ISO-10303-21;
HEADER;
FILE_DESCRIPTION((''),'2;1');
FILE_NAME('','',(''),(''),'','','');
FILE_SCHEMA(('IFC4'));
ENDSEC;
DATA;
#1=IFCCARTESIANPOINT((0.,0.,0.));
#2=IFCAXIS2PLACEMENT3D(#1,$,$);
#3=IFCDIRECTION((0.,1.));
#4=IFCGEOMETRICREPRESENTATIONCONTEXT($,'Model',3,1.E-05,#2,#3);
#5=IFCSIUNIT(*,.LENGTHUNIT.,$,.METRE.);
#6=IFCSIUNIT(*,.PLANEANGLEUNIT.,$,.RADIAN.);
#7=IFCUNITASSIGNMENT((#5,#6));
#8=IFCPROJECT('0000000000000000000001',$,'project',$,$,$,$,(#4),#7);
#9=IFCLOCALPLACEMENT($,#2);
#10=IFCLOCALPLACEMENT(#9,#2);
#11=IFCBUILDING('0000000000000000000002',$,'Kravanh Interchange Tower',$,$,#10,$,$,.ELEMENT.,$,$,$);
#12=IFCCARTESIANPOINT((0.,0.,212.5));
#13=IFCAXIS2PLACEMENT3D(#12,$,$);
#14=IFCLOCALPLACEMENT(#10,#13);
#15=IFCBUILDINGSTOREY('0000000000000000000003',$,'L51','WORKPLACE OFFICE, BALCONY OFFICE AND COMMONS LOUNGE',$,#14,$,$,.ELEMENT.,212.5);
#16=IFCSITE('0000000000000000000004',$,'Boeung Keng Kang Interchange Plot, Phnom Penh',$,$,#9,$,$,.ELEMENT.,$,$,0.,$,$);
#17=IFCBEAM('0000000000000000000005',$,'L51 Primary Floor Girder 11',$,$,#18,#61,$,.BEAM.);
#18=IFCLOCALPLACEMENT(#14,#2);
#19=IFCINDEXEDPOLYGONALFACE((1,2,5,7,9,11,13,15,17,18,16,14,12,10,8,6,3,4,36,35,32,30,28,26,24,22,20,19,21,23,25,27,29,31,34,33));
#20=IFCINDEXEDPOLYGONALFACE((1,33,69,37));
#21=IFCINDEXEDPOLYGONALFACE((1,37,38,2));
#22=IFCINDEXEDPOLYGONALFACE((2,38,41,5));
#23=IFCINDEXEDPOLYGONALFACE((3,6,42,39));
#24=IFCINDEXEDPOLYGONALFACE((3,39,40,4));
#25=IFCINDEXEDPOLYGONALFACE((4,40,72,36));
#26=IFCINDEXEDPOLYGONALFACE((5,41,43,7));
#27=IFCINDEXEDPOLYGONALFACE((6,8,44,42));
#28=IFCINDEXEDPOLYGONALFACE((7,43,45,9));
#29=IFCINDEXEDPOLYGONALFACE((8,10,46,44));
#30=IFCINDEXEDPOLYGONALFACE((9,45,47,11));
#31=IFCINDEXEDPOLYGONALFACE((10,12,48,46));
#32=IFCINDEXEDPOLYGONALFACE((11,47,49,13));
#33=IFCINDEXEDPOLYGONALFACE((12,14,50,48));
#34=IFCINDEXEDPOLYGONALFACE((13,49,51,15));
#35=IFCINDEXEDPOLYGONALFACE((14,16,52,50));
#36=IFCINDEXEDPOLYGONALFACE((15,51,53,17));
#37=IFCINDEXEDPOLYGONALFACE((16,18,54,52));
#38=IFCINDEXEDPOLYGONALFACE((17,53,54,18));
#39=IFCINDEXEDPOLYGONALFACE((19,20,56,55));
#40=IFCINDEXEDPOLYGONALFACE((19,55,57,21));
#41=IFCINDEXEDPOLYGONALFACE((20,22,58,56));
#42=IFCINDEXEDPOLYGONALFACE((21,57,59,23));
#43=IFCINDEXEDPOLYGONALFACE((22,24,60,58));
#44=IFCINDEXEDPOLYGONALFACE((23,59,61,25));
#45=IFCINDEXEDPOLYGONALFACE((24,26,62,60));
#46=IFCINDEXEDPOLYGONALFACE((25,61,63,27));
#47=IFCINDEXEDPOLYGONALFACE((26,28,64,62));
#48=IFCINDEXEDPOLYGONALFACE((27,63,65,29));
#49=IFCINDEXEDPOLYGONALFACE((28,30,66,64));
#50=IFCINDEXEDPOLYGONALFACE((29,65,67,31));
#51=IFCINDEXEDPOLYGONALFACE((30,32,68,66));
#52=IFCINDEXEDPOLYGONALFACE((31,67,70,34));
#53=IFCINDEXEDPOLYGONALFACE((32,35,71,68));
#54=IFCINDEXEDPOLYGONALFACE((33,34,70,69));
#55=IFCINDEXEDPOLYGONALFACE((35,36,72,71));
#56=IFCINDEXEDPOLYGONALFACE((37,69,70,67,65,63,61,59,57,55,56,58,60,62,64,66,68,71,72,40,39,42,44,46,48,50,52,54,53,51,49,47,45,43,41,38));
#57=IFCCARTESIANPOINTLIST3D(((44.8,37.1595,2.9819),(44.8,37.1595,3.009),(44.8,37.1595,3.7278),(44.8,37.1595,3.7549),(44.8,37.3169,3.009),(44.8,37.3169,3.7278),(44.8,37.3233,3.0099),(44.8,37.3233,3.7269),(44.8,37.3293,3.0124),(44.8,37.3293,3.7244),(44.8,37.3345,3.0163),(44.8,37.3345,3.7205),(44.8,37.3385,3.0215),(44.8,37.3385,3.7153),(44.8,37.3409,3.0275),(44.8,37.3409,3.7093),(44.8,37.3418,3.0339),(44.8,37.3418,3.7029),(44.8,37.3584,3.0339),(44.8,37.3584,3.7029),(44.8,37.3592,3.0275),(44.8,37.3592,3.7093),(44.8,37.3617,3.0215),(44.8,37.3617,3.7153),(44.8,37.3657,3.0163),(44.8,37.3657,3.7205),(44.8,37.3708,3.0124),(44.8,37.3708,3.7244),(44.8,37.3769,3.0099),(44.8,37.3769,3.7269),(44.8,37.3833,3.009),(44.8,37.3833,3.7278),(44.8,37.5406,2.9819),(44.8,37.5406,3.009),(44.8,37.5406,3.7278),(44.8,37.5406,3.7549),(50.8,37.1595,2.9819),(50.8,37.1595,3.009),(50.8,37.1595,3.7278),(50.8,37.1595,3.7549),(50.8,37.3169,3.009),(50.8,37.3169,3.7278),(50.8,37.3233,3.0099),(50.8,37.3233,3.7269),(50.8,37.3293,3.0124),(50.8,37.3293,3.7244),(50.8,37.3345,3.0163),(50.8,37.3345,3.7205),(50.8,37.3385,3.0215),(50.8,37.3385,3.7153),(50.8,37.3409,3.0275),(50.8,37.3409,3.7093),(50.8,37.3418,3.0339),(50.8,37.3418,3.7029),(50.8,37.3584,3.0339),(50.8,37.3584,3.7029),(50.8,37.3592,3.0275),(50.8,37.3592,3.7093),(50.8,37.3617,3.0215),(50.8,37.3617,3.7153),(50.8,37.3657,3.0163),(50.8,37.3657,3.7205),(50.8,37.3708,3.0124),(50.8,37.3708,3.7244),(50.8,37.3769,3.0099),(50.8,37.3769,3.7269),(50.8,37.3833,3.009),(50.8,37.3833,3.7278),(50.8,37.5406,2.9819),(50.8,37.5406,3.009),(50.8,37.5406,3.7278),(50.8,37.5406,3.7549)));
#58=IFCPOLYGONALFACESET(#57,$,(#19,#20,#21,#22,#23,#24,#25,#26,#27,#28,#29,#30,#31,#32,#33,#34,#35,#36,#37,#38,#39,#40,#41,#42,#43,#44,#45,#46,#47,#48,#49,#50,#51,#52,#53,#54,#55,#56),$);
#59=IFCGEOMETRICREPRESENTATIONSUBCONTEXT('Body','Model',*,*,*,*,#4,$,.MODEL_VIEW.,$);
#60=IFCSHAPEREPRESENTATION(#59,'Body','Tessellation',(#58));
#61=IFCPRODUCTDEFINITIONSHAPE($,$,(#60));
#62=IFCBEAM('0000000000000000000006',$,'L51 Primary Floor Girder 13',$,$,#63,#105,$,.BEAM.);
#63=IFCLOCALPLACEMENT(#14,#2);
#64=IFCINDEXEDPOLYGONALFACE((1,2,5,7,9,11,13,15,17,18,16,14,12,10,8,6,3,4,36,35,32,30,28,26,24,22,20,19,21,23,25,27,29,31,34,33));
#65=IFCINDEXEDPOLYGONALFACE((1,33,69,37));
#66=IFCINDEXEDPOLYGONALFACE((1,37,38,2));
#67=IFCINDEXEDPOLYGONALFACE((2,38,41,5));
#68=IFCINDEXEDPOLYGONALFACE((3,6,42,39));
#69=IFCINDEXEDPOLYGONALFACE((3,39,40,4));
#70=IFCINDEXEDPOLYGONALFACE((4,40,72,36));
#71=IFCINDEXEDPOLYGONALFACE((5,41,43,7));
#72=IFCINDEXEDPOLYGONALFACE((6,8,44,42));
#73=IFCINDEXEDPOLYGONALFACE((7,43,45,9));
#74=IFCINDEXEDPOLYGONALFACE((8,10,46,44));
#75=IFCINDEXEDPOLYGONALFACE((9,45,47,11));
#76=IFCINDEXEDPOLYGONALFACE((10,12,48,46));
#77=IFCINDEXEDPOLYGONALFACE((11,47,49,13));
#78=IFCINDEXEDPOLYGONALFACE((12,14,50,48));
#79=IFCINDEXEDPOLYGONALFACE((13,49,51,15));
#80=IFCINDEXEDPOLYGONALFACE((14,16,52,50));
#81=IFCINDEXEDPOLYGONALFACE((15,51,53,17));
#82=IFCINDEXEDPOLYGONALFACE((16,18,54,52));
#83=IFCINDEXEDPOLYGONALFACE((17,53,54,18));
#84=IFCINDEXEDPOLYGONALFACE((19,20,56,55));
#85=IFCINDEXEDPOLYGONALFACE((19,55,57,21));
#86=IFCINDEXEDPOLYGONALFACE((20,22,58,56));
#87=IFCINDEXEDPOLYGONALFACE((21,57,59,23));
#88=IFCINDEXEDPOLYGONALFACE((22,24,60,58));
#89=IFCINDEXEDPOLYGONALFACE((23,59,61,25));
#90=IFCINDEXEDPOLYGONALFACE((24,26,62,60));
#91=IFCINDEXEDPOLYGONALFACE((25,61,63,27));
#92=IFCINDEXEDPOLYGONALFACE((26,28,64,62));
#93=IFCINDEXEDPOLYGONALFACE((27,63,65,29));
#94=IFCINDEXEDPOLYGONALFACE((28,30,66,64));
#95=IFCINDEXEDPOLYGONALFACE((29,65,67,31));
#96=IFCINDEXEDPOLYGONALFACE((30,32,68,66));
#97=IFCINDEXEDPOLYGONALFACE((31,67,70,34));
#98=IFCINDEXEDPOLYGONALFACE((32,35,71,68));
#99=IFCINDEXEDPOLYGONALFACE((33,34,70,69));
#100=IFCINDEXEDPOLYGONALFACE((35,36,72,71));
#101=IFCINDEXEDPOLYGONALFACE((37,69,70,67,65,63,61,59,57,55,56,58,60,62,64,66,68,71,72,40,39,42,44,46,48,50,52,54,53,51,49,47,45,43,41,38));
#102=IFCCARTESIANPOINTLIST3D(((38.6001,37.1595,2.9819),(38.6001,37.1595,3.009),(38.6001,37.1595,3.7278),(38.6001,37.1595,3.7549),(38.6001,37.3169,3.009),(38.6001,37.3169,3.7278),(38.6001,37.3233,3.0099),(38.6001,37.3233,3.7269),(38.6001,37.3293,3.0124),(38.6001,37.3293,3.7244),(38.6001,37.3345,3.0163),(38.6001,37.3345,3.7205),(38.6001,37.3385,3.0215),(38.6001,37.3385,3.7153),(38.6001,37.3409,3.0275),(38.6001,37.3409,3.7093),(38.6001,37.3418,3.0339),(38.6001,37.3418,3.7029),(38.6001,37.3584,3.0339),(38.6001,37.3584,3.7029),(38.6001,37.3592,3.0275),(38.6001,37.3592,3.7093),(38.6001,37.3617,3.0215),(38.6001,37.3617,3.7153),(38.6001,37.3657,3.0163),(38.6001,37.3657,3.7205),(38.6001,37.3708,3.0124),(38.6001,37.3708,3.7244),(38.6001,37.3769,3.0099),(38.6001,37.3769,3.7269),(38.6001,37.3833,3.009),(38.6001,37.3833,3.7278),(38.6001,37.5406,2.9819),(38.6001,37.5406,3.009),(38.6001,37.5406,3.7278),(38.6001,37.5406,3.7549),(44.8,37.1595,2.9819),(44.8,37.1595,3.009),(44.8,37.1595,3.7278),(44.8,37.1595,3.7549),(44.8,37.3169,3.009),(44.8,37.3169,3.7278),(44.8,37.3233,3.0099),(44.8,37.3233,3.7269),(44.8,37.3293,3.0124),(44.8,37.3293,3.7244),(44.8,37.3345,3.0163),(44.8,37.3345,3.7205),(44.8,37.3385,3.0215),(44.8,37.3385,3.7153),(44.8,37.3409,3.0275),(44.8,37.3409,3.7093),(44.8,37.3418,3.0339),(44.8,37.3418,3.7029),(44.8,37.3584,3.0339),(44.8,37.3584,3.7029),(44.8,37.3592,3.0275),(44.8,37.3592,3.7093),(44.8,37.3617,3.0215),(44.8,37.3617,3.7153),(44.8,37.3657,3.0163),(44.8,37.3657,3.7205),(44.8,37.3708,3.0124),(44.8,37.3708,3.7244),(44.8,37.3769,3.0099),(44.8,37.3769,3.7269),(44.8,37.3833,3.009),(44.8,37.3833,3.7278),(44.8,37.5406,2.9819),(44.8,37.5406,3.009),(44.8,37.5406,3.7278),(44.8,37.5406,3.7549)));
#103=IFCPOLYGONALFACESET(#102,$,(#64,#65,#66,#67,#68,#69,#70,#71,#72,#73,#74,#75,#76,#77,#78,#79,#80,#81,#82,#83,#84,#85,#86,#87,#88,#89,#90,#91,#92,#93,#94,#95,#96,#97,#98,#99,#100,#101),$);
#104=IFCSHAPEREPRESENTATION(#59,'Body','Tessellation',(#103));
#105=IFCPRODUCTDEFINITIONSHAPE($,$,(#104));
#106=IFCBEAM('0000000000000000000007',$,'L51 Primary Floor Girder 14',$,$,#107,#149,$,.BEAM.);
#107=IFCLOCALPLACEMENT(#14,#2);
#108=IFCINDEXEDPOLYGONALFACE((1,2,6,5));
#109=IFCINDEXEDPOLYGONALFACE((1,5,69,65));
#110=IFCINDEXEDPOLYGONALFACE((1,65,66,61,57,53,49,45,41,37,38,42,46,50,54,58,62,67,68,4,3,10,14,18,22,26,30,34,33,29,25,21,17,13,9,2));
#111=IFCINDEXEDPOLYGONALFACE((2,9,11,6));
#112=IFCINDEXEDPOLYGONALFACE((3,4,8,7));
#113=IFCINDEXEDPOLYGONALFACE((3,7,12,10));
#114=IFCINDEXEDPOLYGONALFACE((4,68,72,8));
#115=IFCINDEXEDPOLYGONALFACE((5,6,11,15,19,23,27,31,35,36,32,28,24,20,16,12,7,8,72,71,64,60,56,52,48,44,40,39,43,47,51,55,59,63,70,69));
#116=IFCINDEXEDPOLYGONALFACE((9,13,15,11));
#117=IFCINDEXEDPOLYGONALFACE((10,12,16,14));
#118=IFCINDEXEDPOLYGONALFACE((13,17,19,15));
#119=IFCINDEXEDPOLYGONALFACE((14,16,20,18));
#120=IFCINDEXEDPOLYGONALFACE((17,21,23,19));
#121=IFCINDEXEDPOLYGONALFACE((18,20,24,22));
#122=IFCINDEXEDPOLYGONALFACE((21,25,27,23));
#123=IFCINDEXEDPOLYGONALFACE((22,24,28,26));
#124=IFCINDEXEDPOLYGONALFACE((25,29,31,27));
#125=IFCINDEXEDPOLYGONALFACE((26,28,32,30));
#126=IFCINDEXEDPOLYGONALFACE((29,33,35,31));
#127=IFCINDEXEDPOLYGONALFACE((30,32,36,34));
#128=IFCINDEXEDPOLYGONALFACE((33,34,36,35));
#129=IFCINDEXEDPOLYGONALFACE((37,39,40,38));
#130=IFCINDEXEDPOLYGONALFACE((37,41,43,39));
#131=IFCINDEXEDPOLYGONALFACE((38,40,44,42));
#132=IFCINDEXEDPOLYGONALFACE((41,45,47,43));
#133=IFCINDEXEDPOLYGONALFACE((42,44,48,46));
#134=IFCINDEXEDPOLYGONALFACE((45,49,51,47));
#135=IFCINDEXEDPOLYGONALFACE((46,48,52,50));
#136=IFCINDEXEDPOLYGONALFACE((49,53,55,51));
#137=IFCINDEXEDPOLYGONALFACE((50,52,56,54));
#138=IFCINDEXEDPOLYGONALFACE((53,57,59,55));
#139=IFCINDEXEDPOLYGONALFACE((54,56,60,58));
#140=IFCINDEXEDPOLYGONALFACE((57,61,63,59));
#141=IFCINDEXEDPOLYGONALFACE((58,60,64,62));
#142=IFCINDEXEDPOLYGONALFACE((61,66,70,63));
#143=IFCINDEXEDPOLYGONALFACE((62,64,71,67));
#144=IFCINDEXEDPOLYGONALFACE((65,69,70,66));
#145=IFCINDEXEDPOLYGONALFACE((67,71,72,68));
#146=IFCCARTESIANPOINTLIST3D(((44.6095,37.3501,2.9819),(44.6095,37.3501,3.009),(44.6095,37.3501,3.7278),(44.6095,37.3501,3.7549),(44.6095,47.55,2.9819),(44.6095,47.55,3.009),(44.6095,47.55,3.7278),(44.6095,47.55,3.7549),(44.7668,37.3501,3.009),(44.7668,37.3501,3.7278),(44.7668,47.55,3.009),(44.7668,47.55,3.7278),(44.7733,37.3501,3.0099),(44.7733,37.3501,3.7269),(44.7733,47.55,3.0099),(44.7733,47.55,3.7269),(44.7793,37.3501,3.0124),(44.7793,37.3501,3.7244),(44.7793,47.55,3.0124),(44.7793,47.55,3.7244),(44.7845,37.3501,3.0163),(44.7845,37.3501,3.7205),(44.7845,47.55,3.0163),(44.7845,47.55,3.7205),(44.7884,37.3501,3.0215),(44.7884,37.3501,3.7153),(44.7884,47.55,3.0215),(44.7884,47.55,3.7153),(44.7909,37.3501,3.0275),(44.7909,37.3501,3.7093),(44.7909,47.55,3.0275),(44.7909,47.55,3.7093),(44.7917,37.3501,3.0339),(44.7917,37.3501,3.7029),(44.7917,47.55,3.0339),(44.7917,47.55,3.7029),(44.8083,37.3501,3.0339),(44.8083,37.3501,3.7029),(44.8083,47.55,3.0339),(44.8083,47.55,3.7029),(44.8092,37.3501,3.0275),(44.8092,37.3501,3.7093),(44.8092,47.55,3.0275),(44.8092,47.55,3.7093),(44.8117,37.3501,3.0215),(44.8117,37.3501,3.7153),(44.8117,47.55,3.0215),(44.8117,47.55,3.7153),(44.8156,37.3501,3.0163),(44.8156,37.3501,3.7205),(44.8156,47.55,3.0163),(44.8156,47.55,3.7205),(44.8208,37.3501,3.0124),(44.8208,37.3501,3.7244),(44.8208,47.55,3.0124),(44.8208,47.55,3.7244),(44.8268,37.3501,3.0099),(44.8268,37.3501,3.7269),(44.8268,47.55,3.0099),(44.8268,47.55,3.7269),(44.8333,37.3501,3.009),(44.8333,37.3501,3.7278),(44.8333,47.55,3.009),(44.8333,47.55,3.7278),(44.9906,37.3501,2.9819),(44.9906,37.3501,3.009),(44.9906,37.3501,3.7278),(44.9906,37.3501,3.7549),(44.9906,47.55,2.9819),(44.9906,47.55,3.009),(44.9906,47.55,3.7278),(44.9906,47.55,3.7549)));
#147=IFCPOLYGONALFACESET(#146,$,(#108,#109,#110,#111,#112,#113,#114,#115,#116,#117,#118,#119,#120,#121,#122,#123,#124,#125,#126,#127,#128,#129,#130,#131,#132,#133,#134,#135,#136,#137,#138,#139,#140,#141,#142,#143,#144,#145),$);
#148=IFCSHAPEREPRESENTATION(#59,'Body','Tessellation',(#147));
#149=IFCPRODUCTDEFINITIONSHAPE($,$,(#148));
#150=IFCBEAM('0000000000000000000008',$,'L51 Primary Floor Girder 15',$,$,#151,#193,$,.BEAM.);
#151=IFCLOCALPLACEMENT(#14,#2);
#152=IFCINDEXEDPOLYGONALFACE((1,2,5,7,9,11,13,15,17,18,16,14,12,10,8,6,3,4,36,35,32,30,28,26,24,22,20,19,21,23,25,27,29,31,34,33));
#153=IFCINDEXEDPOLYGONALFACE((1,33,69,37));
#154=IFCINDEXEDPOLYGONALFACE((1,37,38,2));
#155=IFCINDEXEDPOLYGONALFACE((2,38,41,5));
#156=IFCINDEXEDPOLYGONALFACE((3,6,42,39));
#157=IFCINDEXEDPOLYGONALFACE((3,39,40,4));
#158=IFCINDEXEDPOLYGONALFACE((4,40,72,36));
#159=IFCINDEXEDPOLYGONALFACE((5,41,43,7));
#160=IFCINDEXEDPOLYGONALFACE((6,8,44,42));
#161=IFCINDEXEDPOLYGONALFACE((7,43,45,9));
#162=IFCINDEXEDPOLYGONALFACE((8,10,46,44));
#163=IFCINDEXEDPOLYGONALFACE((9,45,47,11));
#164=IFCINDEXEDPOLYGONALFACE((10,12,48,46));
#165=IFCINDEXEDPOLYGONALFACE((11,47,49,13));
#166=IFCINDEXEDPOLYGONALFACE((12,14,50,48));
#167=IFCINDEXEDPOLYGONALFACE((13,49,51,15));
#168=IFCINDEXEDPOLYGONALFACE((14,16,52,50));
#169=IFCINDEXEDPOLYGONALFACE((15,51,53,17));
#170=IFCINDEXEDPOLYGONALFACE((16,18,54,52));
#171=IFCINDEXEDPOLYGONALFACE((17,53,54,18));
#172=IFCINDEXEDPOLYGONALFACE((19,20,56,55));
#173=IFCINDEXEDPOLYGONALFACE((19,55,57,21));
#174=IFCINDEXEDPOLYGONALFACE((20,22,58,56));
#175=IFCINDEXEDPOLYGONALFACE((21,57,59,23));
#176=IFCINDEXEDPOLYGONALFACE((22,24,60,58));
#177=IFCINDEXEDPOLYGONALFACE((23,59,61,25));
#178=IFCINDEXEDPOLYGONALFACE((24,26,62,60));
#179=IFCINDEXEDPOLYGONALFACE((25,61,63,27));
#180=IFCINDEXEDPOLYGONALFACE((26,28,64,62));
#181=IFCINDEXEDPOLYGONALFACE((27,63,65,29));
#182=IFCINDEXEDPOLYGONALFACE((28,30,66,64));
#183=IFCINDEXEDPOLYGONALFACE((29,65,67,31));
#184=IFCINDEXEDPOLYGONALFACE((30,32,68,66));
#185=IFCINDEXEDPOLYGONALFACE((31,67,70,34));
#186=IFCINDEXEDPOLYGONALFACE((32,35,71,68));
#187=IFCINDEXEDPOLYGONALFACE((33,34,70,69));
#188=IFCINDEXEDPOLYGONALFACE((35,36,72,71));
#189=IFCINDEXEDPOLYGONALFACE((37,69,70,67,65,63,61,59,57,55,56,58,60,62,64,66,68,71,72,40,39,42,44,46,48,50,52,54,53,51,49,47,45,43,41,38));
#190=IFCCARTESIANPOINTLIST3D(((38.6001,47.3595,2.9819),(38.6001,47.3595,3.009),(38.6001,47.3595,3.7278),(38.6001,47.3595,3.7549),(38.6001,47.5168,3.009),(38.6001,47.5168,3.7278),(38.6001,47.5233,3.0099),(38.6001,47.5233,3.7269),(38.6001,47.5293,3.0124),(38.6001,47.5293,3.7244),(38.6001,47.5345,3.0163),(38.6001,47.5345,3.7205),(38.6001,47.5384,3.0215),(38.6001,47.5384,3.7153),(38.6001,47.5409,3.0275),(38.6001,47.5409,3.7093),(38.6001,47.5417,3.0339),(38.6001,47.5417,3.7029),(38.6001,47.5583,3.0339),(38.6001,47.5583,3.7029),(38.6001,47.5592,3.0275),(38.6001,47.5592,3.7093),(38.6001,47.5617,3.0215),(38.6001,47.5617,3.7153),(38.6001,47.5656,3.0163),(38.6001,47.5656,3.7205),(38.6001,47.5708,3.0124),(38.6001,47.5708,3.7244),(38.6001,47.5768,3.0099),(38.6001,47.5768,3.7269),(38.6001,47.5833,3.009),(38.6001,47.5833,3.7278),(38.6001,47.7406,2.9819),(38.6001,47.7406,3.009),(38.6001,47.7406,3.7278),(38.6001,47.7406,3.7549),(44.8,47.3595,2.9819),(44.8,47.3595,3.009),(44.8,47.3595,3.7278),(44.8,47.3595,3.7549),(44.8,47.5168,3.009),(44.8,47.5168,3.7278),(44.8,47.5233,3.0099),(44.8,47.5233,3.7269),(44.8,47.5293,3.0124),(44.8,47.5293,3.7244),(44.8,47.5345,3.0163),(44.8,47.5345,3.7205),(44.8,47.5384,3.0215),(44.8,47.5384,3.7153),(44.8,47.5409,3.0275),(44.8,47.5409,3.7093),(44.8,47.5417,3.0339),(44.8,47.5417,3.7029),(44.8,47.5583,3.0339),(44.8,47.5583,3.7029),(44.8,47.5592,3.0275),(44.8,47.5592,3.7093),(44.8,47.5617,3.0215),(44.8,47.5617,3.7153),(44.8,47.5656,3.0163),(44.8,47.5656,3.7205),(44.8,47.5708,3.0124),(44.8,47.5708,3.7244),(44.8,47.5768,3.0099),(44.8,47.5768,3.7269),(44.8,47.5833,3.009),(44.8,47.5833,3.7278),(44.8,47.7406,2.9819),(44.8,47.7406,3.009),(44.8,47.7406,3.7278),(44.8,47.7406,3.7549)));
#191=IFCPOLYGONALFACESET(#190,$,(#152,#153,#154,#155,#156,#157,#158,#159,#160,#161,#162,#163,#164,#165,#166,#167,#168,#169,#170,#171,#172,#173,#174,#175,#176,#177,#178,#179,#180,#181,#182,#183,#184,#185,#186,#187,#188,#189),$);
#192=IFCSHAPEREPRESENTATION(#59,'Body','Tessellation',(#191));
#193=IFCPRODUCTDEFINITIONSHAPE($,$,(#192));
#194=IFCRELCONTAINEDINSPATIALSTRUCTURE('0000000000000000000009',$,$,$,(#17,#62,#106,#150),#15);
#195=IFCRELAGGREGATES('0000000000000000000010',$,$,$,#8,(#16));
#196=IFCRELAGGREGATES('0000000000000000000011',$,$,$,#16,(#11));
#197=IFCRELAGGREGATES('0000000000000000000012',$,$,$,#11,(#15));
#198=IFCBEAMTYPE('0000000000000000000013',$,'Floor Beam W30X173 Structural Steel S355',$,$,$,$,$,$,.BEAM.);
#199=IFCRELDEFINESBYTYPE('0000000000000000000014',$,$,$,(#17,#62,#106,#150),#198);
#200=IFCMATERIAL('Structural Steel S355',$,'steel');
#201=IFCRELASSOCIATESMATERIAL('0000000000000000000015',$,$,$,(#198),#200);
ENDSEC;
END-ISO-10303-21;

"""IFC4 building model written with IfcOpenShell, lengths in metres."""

from ifc_helpers import new_model, si_unit, direction, frame, origin, origin_2d, place, context, subcontext, project, spatial, i_section, extrude, material, material_profile, profile_set, type_object, element, save


model = new_model("IFC4")

# Units and contexts
model_context = context("Model", 3, precision=1e-05, world=origin(), true_north=direction((0.0, 1.0)))
body_context = subcontext(model_context, "Body", "Model", "MODEL_VIEW")
ifc_project = project(units=[si_unit("LENGTHUNIT", "METRE"), si_unit("PLANEANGLEUNIT", "RADIAN")], contexts=[model_context])

# Site, building, storey
site_placement = place(None, origin())
site = spatial("IfcSite", under=ifc_project, at=site_placement, Name="Boeung Keng Kang Interchange Plot, Phnom Penh", CompositionType="ELEMENT", RefElevation=0.0)
building_placement = place(site_placement, origin())
building = spatial("IfcBuilding", under=site, at=building_placement, Name="Kravanh Interchange Tower", CompositionType="ELEMENT")
storey_placement = place(building_placement, frame((0.0, 0.0, 212.5)))
storey = spatial("IfcBuildingStorey", under=building, at=storey_placement, Name="L51", Description="WORKPLACE OFFICE, BALCONY OFFICE AND COMMONS LOUNGE", CompositionType="ELEMENT", Elevation=212.5)

# Beams
ifc_material_1 = material(Name="Structural Steel S355", Category="steel")
ifc_material_profile_1 = material_profile(ifc_material_1, i_section(OverallWidth=0.3811, OverallDepth=0.7729, WebThickness=0.0166, FlangeThickness=0.0271, FilletRadius=0.0249, at=origin_2d()), Name="W30X173")
ifc_profile_set_1 = profile_set([ifc_material_profile_1], Name="Structural Steel S355")
beam_type_1 = type_object("IfcBeamType", Name="Floor Beam W30X173 Structural Steel S355", PredefinedType="BEAM", material=ifc_profile_set_1)
beam_1_placement = place(storey_placement, frame((50.8, 37.3501, 3.3684), z_axis=(-1.0, 0.0, 0.0), x_axis=(0.0, -1.0, 0.0)))
element("IfcBeam", 1, at=beam_1_placement, inside=storey, type_object=beam_type_1, Name="L51 Primary Floor Girder 11", PredefinedType="BEAM", context=body_context, shape_type="SweptSolid", body=[
    extrude(i_section(OverallWidth=0.3811, OverallDepth=0.7729, WebThickness=0.0166, FlangeThickness=0.0271, FilletRadius=0.0249, at=origin_2d()), origin(), (0.0, 0.0, 1.0), 6.0),
])
beam_2_placement = place(storey_placement, frame((44.8, 37.3501, 3.3684), z_axis=(-1.0, 0.0, 0.0), x_axis=(0.0, -1.0, 0.0)))
element("IfcBeam", 2, at=beam_2_placement, inside=storey, type_object=beam_type_1, Name="L51 Primary Floor Girder 13", PredefinedType="BEAM", context=body_context, shape_type="SweptSolid", body=[
    extrude(i_section(OverallWidth=0.3811, OverallDepth=0.7729, WebThickness=0.0166, FlangeThickness=0.0271, FilletRadius=0.0249, at=origin_2d()), origin(), (0.0, 0.0, 1.0), 6.2),
])
beam_3_placement = place(storey_placement, frame((44.8, 37.3501, 3.3684), z_axis=(0.0, 1.0, 0.0), x_axis=(-1.0, 0.0, 0.0)))
element("IfcBeam", 3, at=beam_3_placement, inside=storey, type_object=beam_type_1, Name="L51 Primary Floor Girder 14", PredefinedType="BEAM", context=body_context, shape_type="SweptSolid", body=[
    extrude(i_section(OverallWidth=0.3811, OverallDepth=0.7729, WebThickness=0.0166, FlangeThickness=0.0271, FilletRadius=0.0249, at=origin_2d()), origin(), (0.0, 0.0, 1.0), 10.2),
])
beam_4_placement = place(storey_placement, frame((44.8, 47.55, 3.3684), z_axis=(-1.0, 0.0, 0.0), x_axis=(0.0, -1.0, 0.0)))
element("IfcBeam", 4, at=beam_4_placement, inside=storey, type_object=beam_type_1, Name="L51 Primary Floor Girder 15", PredefinedType="BEAM", context=body_context, shape_type="SweptSolid", body=[
    extrude(i_section(OverallWidth=0.3811, OverallDepth=0.7729, WebThickness=0.0166, FlangeThickness=0.0271, FilletRadius=0.0249, at=origin_2d()), origin(), (0.0, 0.0, 1.0), 6.2),
])

save(model, "model.ifc")
